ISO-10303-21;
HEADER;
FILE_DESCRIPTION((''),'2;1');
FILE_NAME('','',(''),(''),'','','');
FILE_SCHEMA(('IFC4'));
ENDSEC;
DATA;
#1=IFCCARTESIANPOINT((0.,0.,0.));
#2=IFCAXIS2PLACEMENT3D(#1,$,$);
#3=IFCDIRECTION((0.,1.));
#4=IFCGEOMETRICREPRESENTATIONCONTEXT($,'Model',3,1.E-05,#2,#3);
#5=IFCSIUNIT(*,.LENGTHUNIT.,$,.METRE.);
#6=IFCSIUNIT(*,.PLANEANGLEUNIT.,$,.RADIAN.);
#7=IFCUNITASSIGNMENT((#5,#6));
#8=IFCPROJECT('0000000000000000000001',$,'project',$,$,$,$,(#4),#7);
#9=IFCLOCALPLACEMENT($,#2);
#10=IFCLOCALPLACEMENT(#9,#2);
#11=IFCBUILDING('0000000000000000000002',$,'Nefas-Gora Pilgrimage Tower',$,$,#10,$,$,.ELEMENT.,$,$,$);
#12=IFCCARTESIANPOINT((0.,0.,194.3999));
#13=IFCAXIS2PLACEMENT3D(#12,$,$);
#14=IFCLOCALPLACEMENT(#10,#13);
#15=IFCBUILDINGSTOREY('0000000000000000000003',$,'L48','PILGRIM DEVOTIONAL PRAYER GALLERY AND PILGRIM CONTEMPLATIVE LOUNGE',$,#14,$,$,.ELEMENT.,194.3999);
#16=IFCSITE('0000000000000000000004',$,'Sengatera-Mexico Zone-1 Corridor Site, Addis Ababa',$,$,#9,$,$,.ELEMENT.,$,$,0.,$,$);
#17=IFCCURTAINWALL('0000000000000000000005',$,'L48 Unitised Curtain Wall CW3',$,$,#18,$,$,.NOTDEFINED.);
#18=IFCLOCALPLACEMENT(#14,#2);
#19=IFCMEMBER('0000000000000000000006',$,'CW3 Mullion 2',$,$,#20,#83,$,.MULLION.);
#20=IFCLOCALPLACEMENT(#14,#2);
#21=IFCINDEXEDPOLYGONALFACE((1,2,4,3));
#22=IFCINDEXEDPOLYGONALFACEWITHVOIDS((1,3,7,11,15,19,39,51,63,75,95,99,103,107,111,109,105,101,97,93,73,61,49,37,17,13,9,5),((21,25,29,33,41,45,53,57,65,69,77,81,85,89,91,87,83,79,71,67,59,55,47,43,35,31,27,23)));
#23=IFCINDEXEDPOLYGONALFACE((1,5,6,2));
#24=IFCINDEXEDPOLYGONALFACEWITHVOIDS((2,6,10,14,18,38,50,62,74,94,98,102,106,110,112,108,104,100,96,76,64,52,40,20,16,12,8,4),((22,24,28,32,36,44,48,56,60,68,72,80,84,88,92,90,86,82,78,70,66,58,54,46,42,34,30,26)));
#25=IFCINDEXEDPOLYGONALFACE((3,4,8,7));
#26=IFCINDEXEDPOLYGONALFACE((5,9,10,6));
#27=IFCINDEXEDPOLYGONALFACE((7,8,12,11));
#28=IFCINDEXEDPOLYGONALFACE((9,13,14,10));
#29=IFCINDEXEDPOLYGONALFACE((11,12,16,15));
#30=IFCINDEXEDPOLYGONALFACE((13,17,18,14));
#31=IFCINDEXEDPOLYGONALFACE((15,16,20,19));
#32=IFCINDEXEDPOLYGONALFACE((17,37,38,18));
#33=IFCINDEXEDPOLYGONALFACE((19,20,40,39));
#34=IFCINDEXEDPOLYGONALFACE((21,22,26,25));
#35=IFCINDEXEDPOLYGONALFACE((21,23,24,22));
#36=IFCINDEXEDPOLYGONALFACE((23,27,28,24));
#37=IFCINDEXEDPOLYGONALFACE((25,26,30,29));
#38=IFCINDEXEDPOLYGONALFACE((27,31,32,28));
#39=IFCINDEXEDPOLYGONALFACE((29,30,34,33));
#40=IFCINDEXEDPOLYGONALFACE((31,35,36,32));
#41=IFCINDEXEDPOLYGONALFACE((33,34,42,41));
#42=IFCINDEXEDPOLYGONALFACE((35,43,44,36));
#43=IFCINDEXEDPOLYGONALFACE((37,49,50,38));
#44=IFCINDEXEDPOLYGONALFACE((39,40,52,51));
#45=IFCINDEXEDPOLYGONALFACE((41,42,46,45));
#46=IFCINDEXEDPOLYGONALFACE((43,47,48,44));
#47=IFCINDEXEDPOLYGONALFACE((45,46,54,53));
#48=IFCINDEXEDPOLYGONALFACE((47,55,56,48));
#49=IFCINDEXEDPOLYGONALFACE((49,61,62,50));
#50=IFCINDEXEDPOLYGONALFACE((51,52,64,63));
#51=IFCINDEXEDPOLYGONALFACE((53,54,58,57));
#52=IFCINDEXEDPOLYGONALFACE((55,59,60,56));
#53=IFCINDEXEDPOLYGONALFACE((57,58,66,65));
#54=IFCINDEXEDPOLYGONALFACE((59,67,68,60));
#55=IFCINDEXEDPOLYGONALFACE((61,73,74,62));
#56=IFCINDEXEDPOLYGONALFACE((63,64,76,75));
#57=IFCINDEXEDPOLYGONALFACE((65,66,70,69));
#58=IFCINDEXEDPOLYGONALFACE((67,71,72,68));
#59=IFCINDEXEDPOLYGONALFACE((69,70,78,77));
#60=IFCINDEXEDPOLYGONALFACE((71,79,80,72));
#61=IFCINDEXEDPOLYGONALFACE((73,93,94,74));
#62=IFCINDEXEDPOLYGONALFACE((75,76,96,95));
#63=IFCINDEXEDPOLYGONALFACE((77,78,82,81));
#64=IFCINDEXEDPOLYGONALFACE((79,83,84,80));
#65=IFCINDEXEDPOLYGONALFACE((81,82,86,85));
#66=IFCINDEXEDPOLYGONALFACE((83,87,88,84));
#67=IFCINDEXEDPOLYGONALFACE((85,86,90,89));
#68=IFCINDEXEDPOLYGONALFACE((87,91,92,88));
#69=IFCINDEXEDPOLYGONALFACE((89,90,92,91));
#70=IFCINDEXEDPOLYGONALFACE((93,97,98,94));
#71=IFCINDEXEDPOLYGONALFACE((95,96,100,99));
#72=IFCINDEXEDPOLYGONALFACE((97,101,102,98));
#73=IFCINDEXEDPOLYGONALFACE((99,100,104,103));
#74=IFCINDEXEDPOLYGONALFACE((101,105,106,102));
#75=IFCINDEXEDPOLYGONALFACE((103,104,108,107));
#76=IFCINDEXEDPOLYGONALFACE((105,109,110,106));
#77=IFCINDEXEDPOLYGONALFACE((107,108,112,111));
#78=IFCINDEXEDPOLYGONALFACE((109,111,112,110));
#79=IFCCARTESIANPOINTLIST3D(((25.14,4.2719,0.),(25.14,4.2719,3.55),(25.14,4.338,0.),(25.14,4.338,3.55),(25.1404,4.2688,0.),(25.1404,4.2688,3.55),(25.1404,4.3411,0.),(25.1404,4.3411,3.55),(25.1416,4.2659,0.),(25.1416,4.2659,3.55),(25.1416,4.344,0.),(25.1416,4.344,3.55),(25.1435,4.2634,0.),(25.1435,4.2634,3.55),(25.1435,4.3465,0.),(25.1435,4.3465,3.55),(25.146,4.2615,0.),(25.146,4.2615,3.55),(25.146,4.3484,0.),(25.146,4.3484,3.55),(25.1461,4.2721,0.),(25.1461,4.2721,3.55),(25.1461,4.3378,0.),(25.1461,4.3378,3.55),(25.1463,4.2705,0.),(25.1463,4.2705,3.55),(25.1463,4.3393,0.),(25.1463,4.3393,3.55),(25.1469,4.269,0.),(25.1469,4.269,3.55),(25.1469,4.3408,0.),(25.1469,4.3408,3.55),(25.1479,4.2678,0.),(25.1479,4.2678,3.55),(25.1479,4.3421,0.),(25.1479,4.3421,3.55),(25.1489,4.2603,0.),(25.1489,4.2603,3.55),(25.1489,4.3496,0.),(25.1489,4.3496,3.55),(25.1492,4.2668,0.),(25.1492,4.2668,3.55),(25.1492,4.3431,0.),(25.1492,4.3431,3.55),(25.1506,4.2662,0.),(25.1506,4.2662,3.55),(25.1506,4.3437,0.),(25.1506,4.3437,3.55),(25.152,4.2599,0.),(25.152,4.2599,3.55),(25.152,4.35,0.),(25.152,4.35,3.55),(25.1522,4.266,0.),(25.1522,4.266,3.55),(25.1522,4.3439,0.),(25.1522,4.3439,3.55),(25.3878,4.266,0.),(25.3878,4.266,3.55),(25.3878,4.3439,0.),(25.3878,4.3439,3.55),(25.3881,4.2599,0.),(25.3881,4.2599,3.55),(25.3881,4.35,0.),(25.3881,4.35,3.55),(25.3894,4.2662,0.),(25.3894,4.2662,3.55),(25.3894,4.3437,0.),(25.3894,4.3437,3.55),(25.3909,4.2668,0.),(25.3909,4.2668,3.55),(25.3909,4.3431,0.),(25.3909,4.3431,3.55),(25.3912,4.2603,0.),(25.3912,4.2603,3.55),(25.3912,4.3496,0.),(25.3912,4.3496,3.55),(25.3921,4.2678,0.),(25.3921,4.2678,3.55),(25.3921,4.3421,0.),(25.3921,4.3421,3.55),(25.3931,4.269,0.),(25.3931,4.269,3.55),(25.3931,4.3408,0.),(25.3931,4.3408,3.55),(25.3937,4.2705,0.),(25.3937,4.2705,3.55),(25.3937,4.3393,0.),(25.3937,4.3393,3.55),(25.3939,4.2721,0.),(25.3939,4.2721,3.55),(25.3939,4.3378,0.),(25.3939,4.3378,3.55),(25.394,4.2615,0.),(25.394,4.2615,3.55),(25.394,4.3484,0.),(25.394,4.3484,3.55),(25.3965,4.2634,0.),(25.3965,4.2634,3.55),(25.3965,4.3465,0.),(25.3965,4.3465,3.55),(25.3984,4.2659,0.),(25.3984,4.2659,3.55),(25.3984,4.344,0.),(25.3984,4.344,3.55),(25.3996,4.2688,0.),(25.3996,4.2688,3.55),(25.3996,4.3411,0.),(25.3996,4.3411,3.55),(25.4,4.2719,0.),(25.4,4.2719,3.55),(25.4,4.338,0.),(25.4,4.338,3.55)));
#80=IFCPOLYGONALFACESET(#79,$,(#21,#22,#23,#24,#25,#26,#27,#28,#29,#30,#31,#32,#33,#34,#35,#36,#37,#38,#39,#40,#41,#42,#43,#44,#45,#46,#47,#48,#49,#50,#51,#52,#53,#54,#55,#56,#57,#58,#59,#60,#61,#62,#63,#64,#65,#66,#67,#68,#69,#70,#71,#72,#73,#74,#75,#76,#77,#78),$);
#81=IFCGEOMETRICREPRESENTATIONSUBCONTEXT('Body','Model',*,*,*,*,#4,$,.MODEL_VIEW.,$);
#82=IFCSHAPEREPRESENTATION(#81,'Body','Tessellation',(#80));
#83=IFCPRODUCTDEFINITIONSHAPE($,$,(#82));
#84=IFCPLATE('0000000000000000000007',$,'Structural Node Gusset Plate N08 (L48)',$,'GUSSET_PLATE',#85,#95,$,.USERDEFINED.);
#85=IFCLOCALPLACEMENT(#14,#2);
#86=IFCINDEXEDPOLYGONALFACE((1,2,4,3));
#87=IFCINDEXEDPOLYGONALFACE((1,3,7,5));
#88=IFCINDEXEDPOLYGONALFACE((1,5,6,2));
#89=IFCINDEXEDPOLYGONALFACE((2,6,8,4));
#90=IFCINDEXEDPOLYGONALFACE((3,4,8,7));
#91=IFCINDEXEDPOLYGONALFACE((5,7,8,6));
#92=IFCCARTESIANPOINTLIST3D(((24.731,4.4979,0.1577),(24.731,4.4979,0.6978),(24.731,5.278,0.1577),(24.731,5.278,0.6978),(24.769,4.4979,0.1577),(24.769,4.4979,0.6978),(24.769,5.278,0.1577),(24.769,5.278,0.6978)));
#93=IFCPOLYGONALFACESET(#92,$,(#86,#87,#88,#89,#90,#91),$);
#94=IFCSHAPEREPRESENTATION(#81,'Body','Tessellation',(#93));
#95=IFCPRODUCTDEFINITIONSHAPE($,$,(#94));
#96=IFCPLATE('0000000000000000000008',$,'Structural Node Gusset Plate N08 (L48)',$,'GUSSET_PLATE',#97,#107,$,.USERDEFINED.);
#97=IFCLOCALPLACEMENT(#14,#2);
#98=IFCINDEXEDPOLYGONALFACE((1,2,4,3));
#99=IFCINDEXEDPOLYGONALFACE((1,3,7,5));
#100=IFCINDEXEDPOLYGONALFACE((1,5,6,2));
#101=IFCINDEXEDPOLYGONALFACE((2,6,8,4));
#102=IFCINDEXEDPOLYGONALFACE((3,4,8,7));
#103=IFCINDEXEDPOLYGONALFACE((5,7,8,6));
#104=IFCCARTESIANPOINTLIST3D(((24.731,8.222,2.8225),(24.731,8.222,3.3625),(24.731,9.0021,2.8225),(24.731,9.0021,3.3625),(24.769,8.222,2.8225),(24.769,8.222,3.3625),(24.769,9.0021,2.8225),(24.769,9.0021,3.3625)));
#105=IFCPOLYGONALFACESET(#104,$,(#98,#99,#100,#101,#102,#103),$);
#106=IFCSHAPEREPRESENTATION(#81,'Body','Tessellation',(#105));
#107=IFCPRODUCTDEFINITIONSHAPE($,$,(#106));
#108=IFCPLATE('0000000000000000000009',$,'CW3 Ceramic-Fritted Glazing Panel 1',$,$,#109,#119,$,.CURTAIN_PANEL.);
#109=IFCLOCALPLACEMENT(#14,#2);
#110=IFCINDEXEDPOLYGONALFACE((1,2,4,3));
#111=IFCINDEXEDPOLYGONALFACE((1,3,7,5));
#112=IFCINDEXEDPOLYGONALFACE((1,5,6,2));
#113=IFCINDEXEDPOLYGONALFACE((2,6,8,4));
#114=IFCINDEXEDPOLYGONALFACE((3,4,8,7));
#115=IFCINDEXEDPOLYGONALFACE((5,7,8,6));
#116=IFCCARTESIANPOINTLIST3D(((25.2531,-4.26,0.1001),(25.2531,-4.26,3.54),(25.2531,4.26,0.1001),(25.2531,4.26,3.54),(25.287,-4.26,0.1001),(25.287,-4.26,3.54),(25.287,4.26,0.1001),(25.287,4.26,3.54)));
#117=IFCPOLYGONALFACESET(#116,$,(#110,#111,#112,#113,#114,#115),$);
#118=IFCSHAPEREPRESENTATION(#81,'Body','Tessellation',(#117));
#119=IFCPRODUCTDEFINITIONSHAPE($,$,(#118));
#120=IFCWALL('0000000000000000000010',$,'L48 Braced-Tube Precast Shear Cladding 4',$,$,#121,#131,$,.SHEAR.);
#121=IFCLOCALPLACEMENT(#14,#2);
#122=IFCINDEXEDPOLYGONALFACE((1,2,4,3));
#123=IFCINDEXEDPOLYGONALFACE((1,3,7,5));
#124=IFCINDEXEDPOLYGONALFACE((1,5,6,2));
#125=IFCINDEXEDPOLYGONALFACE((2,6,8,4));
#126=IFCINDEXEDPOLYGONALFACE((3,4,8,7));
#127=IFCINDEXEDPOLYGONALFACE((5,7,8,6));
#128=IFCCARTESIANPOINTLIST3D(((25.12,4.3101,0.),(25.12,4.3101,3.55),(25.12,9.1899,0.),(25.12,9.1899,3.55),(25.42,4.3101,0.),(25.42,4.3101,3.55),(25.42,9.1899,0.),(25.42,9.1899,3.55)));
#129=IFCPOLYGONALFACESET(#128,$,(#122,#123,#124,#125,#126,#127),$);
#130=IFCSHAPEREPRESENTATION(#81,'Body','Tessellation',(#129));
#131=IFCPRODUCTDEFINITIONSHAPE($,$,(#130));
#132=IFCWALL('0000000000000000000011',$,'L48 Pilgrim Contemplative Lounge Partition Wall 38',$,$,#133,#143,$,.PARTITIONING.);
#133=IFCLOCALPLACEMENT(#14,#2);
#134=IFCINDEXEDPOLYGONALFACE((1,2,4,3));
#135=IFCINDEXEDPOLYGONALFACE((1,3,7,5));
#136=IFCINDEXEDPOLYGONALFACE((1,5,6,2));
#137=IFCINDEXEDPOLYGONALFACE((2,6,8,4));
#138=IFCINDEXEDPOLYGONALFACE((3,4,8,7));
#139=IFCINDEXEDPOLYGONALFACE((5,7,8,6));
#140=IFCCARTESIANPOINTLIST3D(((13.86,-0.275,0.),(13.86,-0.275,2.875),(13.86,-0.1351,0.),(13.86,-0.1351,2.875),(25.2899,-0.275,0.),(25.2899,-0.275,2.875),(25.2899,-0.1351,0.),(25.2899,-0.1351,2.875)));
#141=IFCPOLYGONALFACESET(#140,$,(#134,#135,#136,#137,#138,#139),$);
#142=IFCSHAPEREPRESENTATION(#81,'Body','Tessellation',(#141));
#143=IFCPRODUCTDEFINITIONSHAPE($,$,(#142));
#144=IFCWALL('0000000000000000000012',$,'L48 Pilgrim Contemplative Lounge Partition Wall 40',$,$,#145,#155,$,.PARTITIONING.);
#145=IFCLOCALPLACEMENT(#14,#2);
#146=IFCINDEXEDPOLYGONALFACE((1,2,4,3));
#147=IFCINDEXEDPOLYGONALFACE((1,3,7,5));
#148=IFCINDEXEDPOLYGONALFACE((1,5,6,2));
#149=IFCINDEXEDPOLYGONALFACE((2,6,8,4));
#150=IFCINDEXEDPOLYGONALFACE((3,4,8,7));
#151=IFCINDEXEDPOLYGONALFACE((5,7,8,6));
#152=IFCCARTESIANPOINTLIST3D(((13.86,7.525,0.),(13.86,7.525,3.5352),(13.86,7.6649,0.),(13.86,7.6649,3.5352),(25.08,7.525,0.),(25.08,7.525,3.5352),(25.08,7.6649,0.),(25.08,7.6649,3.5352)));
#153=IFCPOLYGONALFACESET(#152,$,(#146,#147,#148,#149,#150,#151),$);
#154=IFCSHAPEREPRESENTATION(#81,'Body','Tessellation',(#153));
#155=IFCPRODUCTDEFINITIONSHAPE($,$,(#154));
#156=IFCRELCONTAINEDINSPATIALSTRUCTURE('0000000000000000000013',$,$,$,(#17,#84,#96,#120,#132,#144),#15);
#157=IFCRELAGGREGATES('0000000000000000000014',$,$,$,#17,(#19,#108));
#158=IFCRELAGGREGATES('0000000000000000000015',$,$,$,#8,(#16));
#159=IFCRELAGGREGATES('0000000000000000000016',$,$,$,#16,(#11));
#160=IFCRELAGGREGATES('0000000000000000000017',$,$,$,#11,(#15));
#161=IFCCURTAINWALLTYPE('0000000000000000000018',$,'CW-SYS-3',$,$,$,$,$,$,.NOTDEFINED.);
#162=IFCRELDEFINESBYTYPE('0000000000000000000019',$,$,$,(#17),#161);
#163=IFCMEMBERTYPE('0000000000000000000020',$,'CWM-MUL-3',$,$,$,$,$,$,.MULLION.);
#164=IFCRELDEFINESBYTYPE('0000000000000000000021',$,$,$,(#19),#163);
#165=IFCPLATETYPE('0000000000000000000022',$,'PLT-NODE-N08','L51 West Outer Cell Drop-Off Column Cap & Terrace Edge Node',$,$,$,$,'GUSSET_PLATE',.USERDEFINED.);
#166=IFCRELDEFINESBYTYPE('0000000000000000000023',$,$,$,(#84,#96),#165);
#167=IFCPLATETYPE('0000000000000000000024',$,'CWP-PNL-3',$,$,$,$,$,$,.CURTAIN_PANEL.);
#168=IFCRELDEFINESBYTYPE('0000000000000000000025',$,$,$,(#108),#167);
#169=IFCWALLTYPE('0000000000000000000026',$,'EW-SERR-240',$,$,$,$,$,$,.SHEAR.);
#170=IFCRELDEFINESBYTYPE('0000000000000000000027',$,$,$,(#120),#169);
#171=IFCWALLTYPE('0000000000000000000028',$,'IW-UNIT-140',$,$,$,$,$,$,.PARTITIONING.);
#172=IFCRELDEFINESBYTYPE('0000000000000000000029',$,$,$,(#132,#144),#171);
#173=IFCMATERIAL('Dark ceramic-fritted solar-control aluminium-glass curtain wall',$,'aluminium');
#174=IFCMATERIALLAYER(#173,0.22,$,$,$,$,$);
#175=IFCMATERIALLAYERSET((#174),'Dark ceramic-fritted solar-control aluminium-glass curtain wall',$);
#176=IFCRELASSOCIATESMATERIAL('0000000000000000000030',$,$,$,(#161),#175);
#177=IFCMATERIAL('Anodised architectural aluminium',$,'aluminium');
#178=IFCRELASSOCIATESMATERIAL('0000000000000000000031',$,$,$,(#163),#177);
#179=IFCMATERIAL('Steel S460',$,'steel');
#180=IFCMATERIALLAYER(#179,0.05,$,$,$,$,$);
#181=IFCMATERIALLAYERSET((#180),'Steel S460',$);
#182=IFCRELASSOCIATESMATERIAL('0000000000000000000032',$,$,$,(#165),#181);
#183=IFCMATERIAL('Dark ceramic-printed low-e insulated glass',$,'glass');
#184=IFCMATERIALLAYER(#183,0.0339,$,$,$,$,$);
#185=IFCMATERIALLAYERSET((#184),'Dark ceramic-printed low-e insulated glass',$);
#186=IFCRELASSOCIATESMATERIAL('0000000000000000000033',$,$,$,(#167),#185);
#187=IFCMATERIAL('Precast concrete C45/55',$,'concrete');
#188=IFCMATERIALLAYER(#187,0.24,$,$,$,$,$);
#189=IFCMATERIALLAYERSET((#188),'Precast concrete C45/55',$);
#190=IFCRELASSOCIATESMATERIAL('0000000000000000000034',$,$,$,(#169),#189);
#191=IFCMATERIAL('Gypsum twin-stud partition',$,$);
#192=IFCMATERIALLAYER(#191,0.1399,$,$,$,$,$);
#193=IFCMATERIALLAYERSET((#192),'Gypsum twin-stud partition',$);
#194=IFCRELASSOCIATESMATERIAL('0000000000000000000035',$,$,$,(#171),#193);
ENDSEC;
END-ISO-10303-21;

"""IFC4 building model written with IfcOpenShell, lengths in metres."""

from ifc_helpers import new_model, si_unit, direction, frame, frame_2d, origin, origin_2d, place, context, subcontext, project, spatial, rectangle, hollow_rectangle, extrude, source, transform, mapped, material, layer, layer_set, material_profile, profile_set, type_object, element, aggregate, save


model = new_model("IFC4")

# Units and contexts
model_context = context("Model", 3, precision=1e-05, world=origin(), true_north=direction((0.0, 1.0)))
body_context = subcontext(model_context, "Body", "Model", "MODEL_VIEW")
ifc_project = project(units=[si_unit("LENGTHUNIT", "METRE"), si_unit("PLANEANGLEUNIT", "RADIAN")], contexts=[model_context])

# Site, building, storey
site_placement = place(None, origin())
site = spatial("IfcSite", under=ifc_project, at=site_placement, Name="Sengatera-Mexico Zone-1 Corridor Site, Addis Ababa", CompositionType="ELEMENT", RefElevation=0.0)
building_placement = place(site_placement, origin())
building = spatial("IfcBuilding", under=site, at=building_placement, Name="Nefas-Gora Pilgrimage Tower", CompositionType="ELEMENT")
storey_placement = place(building_placement, frame((0.0, 0.0, 194.3999)))
storey = spatial("IfcBuildingStorey", under=building, at=storey_placement, Name="L48", Description="PILGRIM DEVOTIONAL PRAYER GALLERY AND PILGRIM CONTEMPLATIVE LOUNGE", CompositionType="ELEMENT", Elevation=194.3999)

# Shared definitions
ifc_material_1 = material(Name="Steel S460", Category="steel")

# Curtain wall, member
ifc_material_2 = material(Name="Dark ceramic-fritted solar-control aluminium-glass curtain wall", Category="aluminium")
ifc_layer_1 = layer(ifc_material_2, 0.22)
ifc_layer_set_1 = layer_set([ifc_layer_1], Name="Dark ceramic-fritted solar-control aluminium-glass curtain wall")
curtain_wall_type = type_object("IfcCurtainWallType", Name="CW-SYS-3", PredefinedType="NOTDEFINED", material=ifc_layer_set_1)
curtain_wall_placement = place(storey_placement, origin())
curtain_wall = element("IfcCurtainWall", 1, at=curtain_wall_placement, inside=storey, type_object=curtain_wall_type, Name="L48 Unitised Curtain Wall CW3", PredefinedType="NOTDEFINED")
ifc_material_3 = material(Name="Anodised architectural aluminium", Category="aluminium")
ifc_material_profile_1 = material_profile(ifc_material_3, hollow_rectangle(XDim=0.0901, YDim=0.26, WallThickness=0.0061, InnerFilletRadius=0.0061, OuterFilletRadius=0.012, at=origin_2d()), Name="ALU MULLION 90x260")
ifc_profile_set_1 = profile_set([ifc_material_profile_1], Name="Anodised architectural aluminium")
member_type_1 = type_object("IfcMemberType", Name="CWM-MUL-3", PredefinedType="MULLION", material=ifc_profile_set_1)
shared_shape_1 = source(origin(), body_context, "Body", "SweptSolid", [
    extrude(hollow_rectangle(XDim=0.0901, YDim=0.26, WallThickness=0.0061, InnerFilletRadius=0.0061, OuterFilletRadius=0.012, at=origin_2d()), origin(), (0.0, 0.0, 1.0), 3.55),
])
member_1_placement = place(storey_placement, frame((25.27, 4.3049, 0.0), z_axis=(0.0, 0.0, 1.0), x_axis=(0.0, 1.0, 0.0)))
member_1 = element("IfcMember", 2, at=member_1_placement, type_object=member_type_1, Name="CW3 Mullion 2", PredefinedType="MULLION", context=body_context, shape_type="MappedRepresentation", body=[
    mapped(shared_shape_1, transform((0.0, 0.0, 0.0), x_axis=(1.0, 0.0, 0.0), y_axis=(0.0, 1.0, 0.0), z_axis=(0.0, 0.0, 1.0), scale=1.0)),
])

# Plates
ifc_layer_2 = layer(ifc_material_1, 0.05)
ifc_layer_set_2 = layer_set([ifc_layer_2], Name="Steel S460")
plate_type_1 = type_object("IfcPlateType", Name="PLT-NODE-N08", Description="L51 West Outer Cell Drop-Off Column Cap & Terrace Edge Node", ElementType="GUSSET_PLATE", PredefinedType="USERDEFINED", material=ifc_layer_set_2)
shared_shape_2 = source(origin(), body_context, "Body", "SweptSolid", [
    extrude(rectangle(XDim=0.78, YDim=0.0381, at=origin_2d()), origin(), (0.0, 0.0, 1.0), 0.54),
])
for number, where, z_axis, x_axis, name in (
    (3, (24.75, 4.8879, 0.1577), (0.0, 0.0, 1.0), (0.0, 1.0, 0.0), "Structural Node Gusset Plate N08 (L48)"),
    (4, (24.75, 8.6121, 2.8225), (0.0, 0.0, 1.0), (0.0, 1.0, 0.0), "Structural Node Gusset Plate N08 (L48)"),
):
    element("IfcPlate", number, at=place(storey_placement, frame(where, z_axis=z_axis, x_axis=x_axis)), inside=storey, type_object=plate_type_1, Name=name, ObjectType="GUSSET_PLATE", PredefinedType="USERDEFINED", context=body_context, shape_type="MappedRepresentation", body=[
        mapped(shared_shape_2, transform((0.0, 0.0, 0.0), x_axis=(1.0, 0.0, 0.0), y_axis=(0.0, 1.0, 0.0), z_axis=(0.0, 0.0, 1.0), scale=1.0)),
    ])

# Plate
ifc_material_4 = material(Name="Dark ceramic-printed low-e insulated glass", Category="glass")
ifc_layer_3 = layer(ifc_material_4, 0.0339)
ifc_layer_set_3 = layer_set([ifc_layer_3], Name="Dark ceramic-printed low-e insulated glass")
plate_type_2 = type_object("IfcPlateType", Name="CWP-PNL-3", PredefinedType="CURTAIN_PANEL", material=ifc_layer_set_3)
shared_shape_3 = source(origin(), body_context, "Body", "SweptSolid", [
    extrude(rectangle(XDim=8.52, YDim=0.0339, at=origin_2d()), origin(), (0.0, 0.0, 1.0), 3.4399),
])
plate_placement = place(storey_placement, frame((25.27, 0.0, 0.1001), z_axis=(0.0, 0.0, 1.0), x_axis=(0.0, 1.0, 0.0)))
plate = element("IfcPlate", 5, at=plate_placement, type_object=plate_type_2, Name="CW3 Ceramic-Fritted Glazing Panel 1", PredefinedType="CURTAIN_PANEL", context=body_context, shape_type="MappedRepresentation", body=[
    mapped(shared_shape_3, transform((0.0, 0.0, 0.0), x_axis=(1.0, 0.0, 0.0), y_axis=(0.0, 1.0, 0.0), z_axis=(0.0, 0.0, 1.0), scale=1.0)),
])
aggregate(curtain_wall, [member_1, plate])

# Walls
ifc_material_5 = material(Name="Precast concrete C45/55", Category="concrete")
ifc_layer_4 = layer(ifc_material_5, 0.24)
ifc_layer_set_4 = layer_set([ifc_layer_4], Name="Precast concrete C45/55")
wall_type_1 = type_object("IfcWallType", Name="EW-SERR-240", PredefinedType="SHEAR", material=ifc_layer_set_4)
shared_shape_4 = source(origin(), body_context, "Body", "SweptSolid", [
    extrude(rectangle(XDim=4.8799, YDim=0.3, at=frame_2d((2.4399, 0.0))), origin(), (0.0, 0.0, 1.0), 3.55),
])
wall_1_placement = place(storey_placement, frame((25.27, 4.3101, 0.0), z_axis=(0.0, 0.0, 1.0), x_axis=(0.0, 1.0, 0.0)))
element("IfcWall", 6, at=wall_1_placement, inside=storey, type_object=wall_type_1, Name="L48 Braced-Tube Precast Shear Cladding 4", PredefinedType="SHEAR", context=body_context, shape_type="MappedRepresentation", body=[
    mapped(shared_shape_4, transform((0.0, 0.0, 0.0), x_axis=(1.0, 0.0, 0.0), y_axis=(0.0, 1.0, 0.0), z_axis=(0.0, 0.0, 1.0), scale=1.0)),
])
ifc_material_6 = material(Name="Gypsum twin-stud partition")
ifc_layer_5 = layer(ifc_material_6, 0.1399)
ifc_layer_set_5 = layer_set([ifc_layer_5], Name="Gypsum twin-stud partition")
wall_type_2 = type_object("IfcWallType", Name="IW-UNIT-140", PredefinedType="PARTITIONING", material=ifc_layer_set_5)
shared_shape_5 = source(origin(), body_context, "Body", "SweptSolid", [
    extrude(rectangle(XDim=11.4299, YDim=0.1399, at=frame_2d((5.7148, 0.0))), origin(), (0.0, 0.0, 1.0), 2.875),
])
wall_2_placement = place(storey_placement, frame((13.8601, -0.2051, 0.0), z_axis=(0.0, 0.0, 1.0), x_axis=(1.0, 0.0, 0.0)))
element("IfcWall", 7, at=wall_2_placement, inside=storey, type_object=wall_type_2, Name="L48 Pilgrim Contemplative Lounge Partition Wall 38", PredefinedType="PARTITIONING", context=body_context, shape_type="MappedRepresentation", body=[
    mapped(shared_shape_5, transform((0.0, 0.0, 0.0), x_axis=(1.0, 0.0, 0.0), y_axis=(0.0, 1.0, 0.0), z_axis=(0.0, 0.0, 1.0), scale=1.0)),
])
shared_shape_6 = source(origin(), body_context, "Body", "SweptSolid", [
    extrude(rectangle(XDim=11.22, YDim=0.1399, at=frame_2d((5.6099, 0.0))), origin(), (0.0, 0.0, 1.0), 3.5352),
])
wall_3_placement = place(storey_placement, frame((13.8601, 7.595, 0.0), z_axis=(0.0, 0.0, 1.0), x_axis=(1.0, 0.0, 0.0)))
element("IfcWall", 8, at=wall_3_placement, inside=storey, type_object=wall_type_2, Name="L48 Pilgrim Contemplative Lounge Partition Wall 40", PredefinedType="PARTITIONING", context=body_context, shape_type="MappedRepresentation", body=[
    mapped(shared_shape_6, transform((0.0, 0.0, 0.0), x_axis=(1.0, 0.0, 0.0), y_axis=(0.0, 1.0, 0.0), z_axis=(0.0, 0.0, 1.0), scale=1.0)),
])

save(model, "model.ifc")
